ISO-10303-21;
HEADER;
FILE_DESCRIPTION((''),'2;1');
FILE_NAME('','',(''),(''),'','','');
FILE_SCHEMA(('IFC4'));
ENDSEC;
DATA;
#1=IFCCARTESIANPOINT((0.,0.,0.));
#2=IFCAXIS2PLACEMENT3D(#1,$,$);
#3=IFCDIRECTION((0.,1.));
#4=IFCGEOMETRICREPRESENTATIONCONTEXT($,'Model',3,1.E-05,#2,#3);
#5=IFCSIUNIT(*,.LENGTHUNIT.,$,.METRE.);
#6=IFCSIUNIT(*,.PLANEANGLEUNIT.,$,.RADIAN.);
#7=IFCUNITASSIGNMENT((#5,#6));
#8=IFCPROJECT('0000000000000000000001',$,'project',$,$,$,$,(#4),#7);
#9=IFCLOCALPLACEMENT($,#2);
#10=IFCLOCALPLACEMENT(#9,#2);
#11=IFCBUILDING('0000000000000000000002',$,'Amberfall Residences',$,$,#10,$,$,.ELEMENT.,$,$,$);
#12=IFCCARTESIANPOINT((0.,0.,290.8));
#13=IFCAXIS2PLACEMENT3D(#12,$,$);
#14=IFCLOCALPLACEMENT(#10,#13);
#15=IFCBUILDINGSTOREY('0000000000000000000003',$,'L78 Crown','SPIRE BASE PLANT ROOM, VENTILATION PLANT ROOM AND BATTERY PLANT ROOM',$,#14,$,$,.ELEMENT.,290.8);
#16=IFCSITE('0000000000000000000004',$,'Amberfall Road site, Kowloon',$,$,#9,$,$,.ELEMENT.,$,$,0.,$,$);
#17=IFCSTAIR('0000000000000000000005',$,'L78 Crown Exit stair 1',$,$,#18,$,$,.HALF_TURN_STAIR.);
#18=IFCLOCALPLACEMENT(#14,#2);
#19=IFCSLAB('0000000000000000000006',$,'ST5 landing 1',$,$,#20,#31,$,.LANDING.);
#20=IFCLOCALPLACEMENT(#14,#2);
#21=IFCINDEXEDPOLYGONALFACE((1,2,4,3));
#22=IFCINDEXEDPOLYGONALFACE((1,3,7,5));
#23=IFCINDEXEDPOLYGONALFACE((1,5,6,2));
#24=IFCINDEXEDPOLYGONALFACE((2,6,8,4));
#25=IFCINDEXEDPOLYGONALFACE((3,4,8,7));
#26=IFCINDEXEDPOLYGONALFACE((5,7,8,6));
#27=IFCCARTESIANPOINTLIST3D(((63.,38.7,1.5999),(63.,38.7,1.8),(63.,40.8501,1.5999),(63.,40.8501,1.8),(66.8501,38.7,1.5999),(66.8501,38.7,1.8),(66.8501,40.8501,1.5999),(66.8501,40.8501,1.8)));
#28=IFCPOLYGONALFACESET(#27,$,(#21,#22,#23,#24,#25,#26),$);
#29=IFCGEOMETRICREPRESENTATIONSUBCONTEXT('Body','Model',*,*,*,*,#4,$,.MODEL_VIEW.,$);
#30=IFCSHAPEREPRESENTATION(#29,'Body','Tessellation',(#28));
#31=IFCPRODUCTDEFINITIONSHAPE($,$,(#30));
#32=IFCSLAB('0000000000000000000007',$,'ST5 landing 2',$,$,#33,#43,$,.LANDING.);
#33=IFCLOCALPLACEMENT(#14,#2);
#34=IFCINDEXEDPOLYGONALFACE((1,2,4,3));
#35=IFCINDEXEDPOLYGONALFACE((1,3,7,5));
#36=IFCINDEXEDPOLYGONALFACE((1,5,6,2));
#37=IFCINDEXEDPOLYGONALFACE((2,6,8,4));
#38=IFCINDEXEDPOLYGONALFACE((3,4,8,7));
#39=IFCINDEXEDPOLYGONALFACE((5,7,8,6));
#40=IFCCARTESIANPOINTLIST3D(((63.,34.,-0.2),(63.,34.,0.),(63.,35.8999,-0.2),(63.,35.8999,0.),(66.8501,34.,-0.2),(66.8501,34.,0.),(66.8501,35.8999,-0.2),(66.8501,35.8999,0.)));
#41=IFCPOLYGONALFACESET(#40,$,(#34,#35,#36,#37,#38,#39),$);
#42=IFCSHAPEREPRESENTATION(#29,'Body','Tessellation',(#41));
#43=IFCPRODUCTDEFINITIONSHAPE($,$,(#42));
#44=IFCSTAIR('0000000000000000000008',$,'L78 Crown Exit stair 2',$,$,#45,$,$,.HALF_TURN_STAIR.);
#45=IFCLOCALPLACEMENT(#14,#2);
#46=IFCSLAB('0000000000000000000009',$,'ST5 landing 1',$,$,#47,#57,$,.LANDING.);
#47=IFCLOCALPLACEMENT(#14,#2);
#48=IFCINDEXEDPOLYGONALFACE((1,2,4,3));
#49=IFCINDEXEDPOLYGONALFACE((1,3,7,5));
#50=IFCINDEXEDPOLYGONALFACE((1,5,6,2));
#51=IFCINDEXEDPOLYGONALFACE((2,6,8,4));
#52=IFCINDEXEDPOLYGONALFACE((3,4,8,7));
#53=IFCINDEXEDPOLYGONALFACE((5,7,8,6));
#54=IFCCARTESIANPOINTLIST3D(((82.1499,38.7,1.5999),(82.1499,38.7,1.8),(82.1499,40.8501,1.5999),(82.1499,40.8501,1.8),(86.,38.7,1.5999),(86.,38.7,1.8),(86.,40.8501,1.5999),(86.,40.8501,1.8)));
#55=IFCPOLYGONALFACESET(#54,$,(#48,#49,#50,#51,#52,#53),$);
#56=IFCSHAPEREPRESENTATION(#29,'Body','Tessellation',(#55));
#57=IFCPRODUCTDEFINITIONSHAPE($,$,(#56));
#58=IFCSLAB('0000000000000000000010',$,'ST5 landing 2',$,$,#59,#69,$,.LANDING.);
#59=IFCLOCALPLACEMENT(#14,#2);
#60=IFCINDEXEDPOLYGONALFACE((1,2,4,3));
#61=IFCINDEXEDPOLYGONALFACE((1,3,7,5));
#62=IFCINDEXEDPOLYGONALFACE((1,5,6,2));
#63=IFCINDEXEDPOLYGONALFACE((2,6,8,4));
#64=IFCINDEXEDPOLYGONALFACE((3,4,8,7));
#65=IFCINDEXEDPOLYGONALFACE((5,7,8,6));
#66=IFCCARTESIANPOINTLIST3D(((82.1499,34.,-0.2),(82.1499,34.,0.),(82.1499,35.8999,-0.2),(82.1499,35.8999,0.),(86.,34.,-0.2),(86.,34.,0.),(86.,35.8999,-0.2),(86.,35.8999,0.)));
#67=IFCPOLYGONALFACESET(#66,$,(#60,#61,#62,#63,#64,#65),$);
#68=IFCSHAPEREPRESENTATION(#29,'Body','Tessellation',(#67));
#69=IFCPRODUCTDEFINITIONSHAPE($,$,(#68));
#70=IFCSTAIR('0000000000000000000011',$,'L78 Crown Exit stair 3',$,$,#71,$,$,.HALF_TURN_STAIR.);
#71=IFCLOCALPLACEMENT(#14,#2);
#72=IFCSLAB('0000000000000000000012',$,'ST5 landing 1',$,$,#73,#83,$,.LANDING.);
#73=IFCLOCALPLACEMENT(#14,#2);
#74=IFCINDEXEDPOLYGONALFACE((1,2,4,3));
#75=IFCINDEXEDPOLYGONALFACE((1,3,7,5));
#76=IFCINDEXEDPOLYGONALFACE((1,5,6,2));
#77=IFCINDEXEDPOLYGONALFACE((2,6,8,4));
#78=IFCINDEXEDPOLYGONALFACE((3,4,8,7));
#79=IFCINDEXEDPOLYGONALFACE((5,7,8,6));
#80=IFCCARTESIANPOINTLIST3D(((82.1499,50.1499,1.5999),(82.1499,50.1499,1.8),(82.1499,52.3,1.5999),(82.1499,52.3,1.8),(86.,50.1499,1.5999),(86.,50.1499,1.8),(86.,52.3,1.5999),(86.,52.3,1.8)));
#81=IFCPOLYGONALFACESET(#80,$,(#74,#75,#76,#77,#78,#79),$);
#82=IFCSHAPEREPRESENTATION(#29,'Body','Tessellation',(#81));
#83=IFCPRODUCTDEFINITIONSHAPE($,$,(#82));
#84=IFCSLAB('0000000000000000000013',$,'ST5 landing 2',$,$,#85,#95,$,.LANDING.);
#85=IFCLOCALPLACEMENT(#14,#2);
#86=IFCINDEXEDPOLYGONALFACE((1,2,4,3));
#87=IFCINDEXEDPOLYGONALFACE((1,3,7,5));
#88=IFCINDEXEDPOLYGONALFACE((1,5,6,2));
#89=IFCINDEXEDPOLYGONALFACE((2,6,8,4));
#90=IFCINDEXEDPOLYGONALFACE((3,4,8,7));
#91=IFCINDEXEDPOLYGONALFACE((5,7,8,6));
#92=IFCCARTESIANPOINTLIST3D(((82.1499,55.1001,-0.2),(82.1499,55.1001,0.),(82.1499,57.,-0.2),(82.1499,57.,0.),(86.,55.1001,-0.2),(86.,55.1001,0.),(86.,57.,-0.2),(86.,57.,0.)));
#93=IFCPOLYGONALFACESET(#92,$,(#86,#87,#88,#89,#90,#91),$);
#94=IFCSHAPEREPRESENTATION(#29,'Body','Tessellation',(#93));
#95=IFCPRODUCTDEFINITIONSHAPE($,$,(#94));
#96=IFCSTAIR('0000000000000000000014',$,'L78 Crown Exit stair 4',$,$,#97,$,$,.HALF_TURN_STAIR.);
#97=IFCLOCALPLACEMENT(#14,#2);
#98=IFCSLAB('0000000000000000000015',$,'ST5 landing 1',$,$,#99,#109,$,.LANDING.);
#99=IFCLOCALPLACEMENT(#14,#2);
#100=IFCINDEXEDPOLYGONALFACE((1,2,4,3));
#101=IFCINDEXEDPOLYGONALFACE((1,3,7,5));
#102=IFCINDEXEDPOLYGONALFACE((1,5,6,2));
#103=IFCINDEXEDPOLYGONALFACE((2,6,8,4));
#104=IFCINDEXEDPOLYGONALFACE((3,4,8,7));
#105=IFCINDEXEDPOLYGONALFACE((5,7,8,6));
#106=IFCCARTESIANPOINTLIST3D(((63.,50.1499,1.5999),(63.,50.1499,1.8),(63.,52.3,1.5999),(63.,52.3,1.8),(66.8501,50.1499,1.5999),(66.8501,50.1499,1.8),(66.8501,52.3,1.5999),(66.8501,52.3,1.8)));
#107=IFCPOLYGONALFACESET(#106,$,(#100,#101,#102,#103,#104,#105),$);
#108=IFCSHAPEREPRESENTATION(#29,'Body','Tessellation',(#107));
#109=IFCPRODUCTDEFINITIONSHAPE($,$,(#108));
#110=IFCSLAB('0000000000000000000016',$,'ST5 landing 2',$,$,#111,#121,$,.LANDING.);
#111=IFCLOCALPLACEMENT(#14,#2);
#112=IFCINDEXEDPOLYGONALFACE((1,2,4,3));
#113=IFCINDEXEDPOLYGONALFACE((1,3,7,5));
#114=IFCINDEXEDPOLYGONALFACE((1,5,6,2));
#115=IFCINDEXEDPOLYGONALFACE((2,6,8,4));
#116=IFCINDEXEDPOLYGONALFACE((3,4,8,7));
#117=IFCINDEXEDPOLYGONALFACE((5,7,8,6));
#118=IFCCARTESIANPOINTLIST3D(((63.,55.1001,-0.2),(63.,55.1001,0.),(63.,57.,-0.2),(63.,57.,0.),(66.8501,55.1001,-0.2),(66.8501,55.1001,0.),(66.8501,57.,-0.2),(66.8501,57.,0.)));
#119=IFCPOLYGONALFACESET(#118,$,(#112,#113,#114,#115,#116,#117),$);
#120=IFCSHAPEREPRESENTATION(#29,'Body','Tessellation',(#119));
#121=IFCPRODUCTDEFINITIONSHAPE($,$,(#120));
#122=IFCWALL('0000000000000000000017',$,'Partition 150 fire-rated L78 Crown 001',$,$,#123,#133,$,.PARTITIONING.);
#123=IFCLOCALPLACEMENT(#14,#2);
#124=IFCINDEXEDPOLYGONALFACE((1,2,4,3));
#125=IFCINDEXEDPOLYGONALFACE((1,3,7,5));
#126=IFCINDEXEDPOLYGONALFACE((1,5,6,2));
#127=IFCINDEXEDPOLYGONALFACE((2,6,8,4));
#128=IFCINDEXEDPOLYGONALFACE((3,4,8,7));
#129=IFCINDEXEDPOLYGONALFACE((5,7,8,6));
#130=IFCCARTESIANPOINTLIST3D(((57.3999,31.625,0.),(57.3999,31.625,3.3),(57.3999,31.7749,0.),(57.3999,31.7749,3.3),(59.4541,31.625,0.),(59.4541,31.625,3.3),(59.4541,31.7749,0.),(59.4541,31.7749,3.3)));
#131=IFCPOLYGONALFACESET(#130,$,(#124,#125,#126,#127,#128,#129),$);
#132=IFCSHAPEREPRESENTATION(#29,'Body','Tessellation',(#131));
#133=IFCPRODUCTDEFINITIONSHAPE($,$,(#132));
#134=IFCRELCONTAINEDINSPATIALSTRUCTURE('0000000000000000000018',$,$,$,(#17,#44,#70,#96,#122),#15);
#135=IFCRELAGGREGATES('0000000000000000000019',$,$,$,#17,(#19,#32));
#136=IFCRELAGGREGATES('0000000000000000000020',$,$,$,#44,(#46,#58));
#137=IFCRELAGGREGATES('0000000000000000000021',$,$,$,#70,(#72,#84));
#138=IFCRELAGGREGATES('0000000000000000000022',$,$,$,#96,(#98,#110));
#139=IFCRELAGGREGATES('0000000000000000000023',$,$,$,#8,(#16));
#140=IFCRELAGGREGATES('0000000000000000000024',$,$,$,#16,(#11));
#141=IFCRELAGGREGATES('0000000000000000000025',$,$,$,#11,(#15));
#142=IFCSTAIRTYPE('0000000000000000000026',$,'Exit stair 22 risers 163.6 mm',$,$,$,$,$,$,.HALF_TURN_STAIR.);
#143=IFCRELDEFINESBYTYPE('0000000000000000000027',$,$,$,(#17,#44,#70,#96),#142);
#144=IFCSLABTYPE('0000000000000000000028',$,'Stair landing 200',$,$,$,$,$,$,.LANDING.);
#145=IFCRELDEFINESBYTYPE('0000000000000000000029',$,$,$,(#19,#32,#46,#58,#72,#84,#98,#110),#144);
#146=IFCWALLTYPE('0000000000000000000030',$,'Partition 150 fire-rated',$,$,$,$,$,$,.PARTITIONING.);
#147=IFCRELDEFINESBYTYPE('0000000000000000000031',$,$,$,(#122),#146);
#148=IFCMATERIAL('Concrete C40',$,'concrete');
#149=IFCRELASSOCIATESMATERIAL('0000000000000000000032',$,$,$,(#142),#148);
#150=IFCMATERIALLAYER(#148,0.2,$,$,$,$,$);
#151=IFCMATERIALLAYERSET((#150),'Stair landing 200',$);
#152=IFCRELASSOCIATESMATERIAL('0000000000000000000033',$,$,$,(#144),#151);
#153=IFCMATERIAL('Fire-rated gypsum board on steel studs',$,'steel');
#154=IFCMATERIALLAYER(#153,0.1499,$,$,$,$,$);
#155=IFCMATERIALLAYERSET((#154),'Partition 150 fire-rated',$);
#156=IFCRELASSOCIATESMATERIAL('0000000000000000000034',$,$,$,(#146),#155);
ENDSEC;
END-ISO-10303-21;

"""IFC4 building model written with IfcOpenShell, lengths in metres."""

from ifc_helpers import new_model, si_unit, direction, frame, frame_2d, origin, place, context, subcontext, project, spatial, polyline, rectangle, outline, extrude, material, layer, layer_set, type_object, element, aggregate, save


model = new_model("IFC4")

# Units and contexts
model_context = context("Model", 3, precision=1e-05, world=origin(), true_north=direction((0.0, 1.0)))
body_context = subcontext(model_context, "Body", "Model", "MODEL_VIEW")
ifc_project = project(units=[si_unit("LENGTHUNIT", "METRE"), si_unit("PLANEANGLEUNIT", "RADIAN")], contexts=[model_context])

# Site, building, storey
site_placement = place(None, origin())
site = spatial("IfcSite", under=ifc_project, at=site_placement, Name="Amberfall Road site, Kowloon", CompositionType="ELEMENT", RefElevation=0.0)
building_placement = place(site_placement, origin())
building = spatial("IfcBuilding", under=site, at=building_placement, Name="Amberfall Residences", CompositionType="ELEMENT")
storey_placement = place(building_placement, frame((0.0, 0.0, 290.8)))
storey = spatial("IfcBuildingStorey", under=building, at=storey_placement, Name="L78 Crown", Description="SPIRE BASE PLANT ROOM, VENTILATION PLANT ROOM AND BATTERY PLANT ROOM", CompositionType="ELEMENT", Elevation=290.8)

# Stairs, slabs
ifc_material_1 = material(Name="Concrete C40", Category="concrete")
stair_type = type_object("IfcStairType", Name="Exit stair 22 risers 163.6 mm", PredefinedType="HALF_TURN_STAIR", material=ifc_material_1)
stair_1_placement = place(storey_placement, origin())
stair_1 = element("IfcStair", 1, at=stair_1_placement, inside=storey, type_object=stair_type, Name="L78 Crown Exit stair 1", PredefinedType="HALF_TURN_STAIR")
ifc_layer_1 = layer(ifc_material_1, 0.2)
ifc_layer_set_1 = layer_set([ifc_layer_1], Name="Stair landing 200")
slab_type_1 = type_object("IfcSlabType", Name="Stair landing 200", PredefinedType="LANDING", material=ifc_layer_set_1)
slab_1_placement = place(storey_placement, frame((0.0, 0.0, 1.5999)))
slab_1 = element("IfcSlab", 2, at=slab_1_placement, type_object=slab_type_1, Name="ST5 landing 1", PredefinedType="LANDING", context=body_context, shape_type="SweptSolid", body=[
    extrude(outline(polyline([(66.8501, 38.7), (66.8501, 40.8501), (63.0, 40.8501), (63.0, 38.7), (66.8501, 38.7)])), origin(), (0.0, 0.0, 1.0), 0.2002),
])
slab_2_placement = place(storey_placement, frame((0.0, 0.0, -0.2)))
slab_2 = element("IfcSlab", 3, at=slab_2_placement, type_object=slab_type_1, Name="ST5 landing 2", PredefinedType="LANDING", context=body_context, shape_type="SweptSolid", body=[
    extrude(outline(polyline([(66.8501, 34.0), (66.8501, 35.8999), (63.0, 35.8999), (63.0, 34.0), (66.8501, 34.0)])), origin(), (0.0, 0.0, 1.0), 0.2),
])
aggregate(stair_1, [slab_1, slab_2])
stair_2_placement = place(storey_placement, origin())
stair_2 = element("IfcStair", 4, at=stair_2_placement, inside=storey, type_object=stair_type, Name="L78 Crown Exit stair 2", PredefinedType="HALF_TURN_STAIR")
slab_3_placement = place(storey_placement, frame((0.0, 0.0, 1.5999)))
slab_3 = element("IfcSlab", 5, at=slab_3_placement, type_object=slab_type_1, Name="ST5 landing 1", PredefinedType="LANDING", context=body_context, shape_type="SweptSolid", body=[
    extrude(outline(polyline([(86.0, 38.7), (86.0, 40.8501), (82.1499, 40.8501), (82.1499, 38.7), (86.0, 38.7)])), origin(), (0.0, 0.0, 1.0), 0.2002),
])
slab_4_placement = place(storey_placement, frame((0.0, 0.0, -0.2)))
slab_4 = element("IfcSlab", 6, at=slab_4_placement, type_object=slab_type_1, Name="ST5 landing 2", PredefinedType="LANDING", context=body_context, shape_type="SweptSolid", body=[
    extrude(outline(polyline([(86.0, 34.0), (86.0, 35.8999), (82.1499, 35.8999), (82.1499, 34.0), (86.0, 34.0)])), origin(), (0.0, 0.0, 1.0), 0.2),
])
aggregate(stair_2, [slab_3, slab_4])
stair_3_placement = place(storey_placement, origin())
stair_3 = element("IfcStair", 7, at=stair_3_placement, inside=storey, type_object=stair_type, Name="L78 Crown Exit stair 3", PredefinedType="HALF_TURN_STAIR")
slab_5_placement = place(storey_placement, frame((0.0, 0.0, 1.5999)))
slab_5 = element("IfcSlab", 8, at=slab_5_placement, type_object=slab_type_1, Name="ST5 landing 1", PredefinedType="LANDING", context=body_context, shape_type="SweptSolid", body=[
    extrude(outline(polyline([(82.1499, 52.3), (82.1499, 50.1499), (86.0, 50.1499), (86.0, 52.3), (82.1499, 52.3)])), origin(), (0.0, 0.0, 1.0), 0.2002),
])
slab_6_placement = place(storey_placement, frame((0.0, 0.0, -0.2)))
slab_6 = element("IfcSlab", 9, at=slab_6_placement, type_object=slab_type_1, Name="ST5 landing 2", PredefinedType="LANDING", context=body_context, shape_type="SweptSolid", body=[
    extrude(outline(polyline([(82.1499, 57.0), (82.1499, 55.1001), (86.0, 55.1001), (86.0, 57.0), (82.1499, 57.0)])), origin(), (0.0, 0.0, 1.0), 0.2),
])
aggregate(stair_3, [slab_5, slab_6])
stair_4_placement = place(storey_placement, origin())
stair_4 = element("IfcStair", 10, at=stair_4_placement, inside=storey, type_object=stair_type, Name="L78 Crown Exit stair 4", PredefinedType="HALF_TURN_STAIR")
slab_7_placement = place(storey_placement, frame((0.0, 0.0, 1.5999)))
slab_7 = element("IfcSlab", 11, at=slab_7_placement, type_object=slab_type_1, Name="ST5 landing 1", PredefinedType="LANDING", context=body_context, shape_type="SweptSolid", body=[
    extrude(outline(polyline([(63.0, 52.3), (63.0, 50.1499), (66.8501, 50.1499), (66.8501, 52.3), (63.0, 52.3)])), origin(), (0.0, 0.0, 1.0), 0.2002),
])
slab_8_placement = place(storey_placement, frame((0.0, 0.0, -0.2)))
slab_8 = element("IfcSlab", 12, at=slab_8_placement, type_object=slab_type_1, Name="ST5 landing 2", PredefinedType="LANDING", context=body_context, shape_type="SweptSolid", body=[
    extrude(outline(polyline([(63.0, 57.0), (63.0, 55.1001), (66.8501, 55.1001), (66.8501, 57.0), (63.0, 57.0)])), origin(), (0.0, 0.0, 1.0), 0.2),
])
aggregate(stair_4, [slab_7, slab_8])

# Wall
ifc_material_2 = material(Name="Fire-rated gypsum board on steel studs", Category="steel")
ifc_layer_2 = layer(ifc_material_2, 0.1499)
ifc_layer_set_2 = layer_set([ifc_layer_2], Name="Partition 150 fire-rated")
wall_type = type_object("IfcWallType", Name="Partition 150 fire-rated", PredefinedType="PARTITIONING", material=ifc_layer_set_2)
wall_placement = place(storey_placement, frame((57.3999, 31.7, 0.0), z_axis=(0.0, 0.0, 1.0), x_axis=(1.0, 0.0, 0.0)))
element("IfcWall", 13, at=wall_placement, inside=storey, type_object=wall_type, Name="Partition 150 fire-rated L78 Crown 001", PredefinedType="PARTITIONING", context=body_context, shape_type="SweptSolid", body=[
    extrude(rectangle(XDim=2.0542, YDim=0.1499, at=frame_2d((1.0271, 0.0))), origin(), (0.0, 0.0, 1.0), 3.3),
])

save(model, "model.ifc")
